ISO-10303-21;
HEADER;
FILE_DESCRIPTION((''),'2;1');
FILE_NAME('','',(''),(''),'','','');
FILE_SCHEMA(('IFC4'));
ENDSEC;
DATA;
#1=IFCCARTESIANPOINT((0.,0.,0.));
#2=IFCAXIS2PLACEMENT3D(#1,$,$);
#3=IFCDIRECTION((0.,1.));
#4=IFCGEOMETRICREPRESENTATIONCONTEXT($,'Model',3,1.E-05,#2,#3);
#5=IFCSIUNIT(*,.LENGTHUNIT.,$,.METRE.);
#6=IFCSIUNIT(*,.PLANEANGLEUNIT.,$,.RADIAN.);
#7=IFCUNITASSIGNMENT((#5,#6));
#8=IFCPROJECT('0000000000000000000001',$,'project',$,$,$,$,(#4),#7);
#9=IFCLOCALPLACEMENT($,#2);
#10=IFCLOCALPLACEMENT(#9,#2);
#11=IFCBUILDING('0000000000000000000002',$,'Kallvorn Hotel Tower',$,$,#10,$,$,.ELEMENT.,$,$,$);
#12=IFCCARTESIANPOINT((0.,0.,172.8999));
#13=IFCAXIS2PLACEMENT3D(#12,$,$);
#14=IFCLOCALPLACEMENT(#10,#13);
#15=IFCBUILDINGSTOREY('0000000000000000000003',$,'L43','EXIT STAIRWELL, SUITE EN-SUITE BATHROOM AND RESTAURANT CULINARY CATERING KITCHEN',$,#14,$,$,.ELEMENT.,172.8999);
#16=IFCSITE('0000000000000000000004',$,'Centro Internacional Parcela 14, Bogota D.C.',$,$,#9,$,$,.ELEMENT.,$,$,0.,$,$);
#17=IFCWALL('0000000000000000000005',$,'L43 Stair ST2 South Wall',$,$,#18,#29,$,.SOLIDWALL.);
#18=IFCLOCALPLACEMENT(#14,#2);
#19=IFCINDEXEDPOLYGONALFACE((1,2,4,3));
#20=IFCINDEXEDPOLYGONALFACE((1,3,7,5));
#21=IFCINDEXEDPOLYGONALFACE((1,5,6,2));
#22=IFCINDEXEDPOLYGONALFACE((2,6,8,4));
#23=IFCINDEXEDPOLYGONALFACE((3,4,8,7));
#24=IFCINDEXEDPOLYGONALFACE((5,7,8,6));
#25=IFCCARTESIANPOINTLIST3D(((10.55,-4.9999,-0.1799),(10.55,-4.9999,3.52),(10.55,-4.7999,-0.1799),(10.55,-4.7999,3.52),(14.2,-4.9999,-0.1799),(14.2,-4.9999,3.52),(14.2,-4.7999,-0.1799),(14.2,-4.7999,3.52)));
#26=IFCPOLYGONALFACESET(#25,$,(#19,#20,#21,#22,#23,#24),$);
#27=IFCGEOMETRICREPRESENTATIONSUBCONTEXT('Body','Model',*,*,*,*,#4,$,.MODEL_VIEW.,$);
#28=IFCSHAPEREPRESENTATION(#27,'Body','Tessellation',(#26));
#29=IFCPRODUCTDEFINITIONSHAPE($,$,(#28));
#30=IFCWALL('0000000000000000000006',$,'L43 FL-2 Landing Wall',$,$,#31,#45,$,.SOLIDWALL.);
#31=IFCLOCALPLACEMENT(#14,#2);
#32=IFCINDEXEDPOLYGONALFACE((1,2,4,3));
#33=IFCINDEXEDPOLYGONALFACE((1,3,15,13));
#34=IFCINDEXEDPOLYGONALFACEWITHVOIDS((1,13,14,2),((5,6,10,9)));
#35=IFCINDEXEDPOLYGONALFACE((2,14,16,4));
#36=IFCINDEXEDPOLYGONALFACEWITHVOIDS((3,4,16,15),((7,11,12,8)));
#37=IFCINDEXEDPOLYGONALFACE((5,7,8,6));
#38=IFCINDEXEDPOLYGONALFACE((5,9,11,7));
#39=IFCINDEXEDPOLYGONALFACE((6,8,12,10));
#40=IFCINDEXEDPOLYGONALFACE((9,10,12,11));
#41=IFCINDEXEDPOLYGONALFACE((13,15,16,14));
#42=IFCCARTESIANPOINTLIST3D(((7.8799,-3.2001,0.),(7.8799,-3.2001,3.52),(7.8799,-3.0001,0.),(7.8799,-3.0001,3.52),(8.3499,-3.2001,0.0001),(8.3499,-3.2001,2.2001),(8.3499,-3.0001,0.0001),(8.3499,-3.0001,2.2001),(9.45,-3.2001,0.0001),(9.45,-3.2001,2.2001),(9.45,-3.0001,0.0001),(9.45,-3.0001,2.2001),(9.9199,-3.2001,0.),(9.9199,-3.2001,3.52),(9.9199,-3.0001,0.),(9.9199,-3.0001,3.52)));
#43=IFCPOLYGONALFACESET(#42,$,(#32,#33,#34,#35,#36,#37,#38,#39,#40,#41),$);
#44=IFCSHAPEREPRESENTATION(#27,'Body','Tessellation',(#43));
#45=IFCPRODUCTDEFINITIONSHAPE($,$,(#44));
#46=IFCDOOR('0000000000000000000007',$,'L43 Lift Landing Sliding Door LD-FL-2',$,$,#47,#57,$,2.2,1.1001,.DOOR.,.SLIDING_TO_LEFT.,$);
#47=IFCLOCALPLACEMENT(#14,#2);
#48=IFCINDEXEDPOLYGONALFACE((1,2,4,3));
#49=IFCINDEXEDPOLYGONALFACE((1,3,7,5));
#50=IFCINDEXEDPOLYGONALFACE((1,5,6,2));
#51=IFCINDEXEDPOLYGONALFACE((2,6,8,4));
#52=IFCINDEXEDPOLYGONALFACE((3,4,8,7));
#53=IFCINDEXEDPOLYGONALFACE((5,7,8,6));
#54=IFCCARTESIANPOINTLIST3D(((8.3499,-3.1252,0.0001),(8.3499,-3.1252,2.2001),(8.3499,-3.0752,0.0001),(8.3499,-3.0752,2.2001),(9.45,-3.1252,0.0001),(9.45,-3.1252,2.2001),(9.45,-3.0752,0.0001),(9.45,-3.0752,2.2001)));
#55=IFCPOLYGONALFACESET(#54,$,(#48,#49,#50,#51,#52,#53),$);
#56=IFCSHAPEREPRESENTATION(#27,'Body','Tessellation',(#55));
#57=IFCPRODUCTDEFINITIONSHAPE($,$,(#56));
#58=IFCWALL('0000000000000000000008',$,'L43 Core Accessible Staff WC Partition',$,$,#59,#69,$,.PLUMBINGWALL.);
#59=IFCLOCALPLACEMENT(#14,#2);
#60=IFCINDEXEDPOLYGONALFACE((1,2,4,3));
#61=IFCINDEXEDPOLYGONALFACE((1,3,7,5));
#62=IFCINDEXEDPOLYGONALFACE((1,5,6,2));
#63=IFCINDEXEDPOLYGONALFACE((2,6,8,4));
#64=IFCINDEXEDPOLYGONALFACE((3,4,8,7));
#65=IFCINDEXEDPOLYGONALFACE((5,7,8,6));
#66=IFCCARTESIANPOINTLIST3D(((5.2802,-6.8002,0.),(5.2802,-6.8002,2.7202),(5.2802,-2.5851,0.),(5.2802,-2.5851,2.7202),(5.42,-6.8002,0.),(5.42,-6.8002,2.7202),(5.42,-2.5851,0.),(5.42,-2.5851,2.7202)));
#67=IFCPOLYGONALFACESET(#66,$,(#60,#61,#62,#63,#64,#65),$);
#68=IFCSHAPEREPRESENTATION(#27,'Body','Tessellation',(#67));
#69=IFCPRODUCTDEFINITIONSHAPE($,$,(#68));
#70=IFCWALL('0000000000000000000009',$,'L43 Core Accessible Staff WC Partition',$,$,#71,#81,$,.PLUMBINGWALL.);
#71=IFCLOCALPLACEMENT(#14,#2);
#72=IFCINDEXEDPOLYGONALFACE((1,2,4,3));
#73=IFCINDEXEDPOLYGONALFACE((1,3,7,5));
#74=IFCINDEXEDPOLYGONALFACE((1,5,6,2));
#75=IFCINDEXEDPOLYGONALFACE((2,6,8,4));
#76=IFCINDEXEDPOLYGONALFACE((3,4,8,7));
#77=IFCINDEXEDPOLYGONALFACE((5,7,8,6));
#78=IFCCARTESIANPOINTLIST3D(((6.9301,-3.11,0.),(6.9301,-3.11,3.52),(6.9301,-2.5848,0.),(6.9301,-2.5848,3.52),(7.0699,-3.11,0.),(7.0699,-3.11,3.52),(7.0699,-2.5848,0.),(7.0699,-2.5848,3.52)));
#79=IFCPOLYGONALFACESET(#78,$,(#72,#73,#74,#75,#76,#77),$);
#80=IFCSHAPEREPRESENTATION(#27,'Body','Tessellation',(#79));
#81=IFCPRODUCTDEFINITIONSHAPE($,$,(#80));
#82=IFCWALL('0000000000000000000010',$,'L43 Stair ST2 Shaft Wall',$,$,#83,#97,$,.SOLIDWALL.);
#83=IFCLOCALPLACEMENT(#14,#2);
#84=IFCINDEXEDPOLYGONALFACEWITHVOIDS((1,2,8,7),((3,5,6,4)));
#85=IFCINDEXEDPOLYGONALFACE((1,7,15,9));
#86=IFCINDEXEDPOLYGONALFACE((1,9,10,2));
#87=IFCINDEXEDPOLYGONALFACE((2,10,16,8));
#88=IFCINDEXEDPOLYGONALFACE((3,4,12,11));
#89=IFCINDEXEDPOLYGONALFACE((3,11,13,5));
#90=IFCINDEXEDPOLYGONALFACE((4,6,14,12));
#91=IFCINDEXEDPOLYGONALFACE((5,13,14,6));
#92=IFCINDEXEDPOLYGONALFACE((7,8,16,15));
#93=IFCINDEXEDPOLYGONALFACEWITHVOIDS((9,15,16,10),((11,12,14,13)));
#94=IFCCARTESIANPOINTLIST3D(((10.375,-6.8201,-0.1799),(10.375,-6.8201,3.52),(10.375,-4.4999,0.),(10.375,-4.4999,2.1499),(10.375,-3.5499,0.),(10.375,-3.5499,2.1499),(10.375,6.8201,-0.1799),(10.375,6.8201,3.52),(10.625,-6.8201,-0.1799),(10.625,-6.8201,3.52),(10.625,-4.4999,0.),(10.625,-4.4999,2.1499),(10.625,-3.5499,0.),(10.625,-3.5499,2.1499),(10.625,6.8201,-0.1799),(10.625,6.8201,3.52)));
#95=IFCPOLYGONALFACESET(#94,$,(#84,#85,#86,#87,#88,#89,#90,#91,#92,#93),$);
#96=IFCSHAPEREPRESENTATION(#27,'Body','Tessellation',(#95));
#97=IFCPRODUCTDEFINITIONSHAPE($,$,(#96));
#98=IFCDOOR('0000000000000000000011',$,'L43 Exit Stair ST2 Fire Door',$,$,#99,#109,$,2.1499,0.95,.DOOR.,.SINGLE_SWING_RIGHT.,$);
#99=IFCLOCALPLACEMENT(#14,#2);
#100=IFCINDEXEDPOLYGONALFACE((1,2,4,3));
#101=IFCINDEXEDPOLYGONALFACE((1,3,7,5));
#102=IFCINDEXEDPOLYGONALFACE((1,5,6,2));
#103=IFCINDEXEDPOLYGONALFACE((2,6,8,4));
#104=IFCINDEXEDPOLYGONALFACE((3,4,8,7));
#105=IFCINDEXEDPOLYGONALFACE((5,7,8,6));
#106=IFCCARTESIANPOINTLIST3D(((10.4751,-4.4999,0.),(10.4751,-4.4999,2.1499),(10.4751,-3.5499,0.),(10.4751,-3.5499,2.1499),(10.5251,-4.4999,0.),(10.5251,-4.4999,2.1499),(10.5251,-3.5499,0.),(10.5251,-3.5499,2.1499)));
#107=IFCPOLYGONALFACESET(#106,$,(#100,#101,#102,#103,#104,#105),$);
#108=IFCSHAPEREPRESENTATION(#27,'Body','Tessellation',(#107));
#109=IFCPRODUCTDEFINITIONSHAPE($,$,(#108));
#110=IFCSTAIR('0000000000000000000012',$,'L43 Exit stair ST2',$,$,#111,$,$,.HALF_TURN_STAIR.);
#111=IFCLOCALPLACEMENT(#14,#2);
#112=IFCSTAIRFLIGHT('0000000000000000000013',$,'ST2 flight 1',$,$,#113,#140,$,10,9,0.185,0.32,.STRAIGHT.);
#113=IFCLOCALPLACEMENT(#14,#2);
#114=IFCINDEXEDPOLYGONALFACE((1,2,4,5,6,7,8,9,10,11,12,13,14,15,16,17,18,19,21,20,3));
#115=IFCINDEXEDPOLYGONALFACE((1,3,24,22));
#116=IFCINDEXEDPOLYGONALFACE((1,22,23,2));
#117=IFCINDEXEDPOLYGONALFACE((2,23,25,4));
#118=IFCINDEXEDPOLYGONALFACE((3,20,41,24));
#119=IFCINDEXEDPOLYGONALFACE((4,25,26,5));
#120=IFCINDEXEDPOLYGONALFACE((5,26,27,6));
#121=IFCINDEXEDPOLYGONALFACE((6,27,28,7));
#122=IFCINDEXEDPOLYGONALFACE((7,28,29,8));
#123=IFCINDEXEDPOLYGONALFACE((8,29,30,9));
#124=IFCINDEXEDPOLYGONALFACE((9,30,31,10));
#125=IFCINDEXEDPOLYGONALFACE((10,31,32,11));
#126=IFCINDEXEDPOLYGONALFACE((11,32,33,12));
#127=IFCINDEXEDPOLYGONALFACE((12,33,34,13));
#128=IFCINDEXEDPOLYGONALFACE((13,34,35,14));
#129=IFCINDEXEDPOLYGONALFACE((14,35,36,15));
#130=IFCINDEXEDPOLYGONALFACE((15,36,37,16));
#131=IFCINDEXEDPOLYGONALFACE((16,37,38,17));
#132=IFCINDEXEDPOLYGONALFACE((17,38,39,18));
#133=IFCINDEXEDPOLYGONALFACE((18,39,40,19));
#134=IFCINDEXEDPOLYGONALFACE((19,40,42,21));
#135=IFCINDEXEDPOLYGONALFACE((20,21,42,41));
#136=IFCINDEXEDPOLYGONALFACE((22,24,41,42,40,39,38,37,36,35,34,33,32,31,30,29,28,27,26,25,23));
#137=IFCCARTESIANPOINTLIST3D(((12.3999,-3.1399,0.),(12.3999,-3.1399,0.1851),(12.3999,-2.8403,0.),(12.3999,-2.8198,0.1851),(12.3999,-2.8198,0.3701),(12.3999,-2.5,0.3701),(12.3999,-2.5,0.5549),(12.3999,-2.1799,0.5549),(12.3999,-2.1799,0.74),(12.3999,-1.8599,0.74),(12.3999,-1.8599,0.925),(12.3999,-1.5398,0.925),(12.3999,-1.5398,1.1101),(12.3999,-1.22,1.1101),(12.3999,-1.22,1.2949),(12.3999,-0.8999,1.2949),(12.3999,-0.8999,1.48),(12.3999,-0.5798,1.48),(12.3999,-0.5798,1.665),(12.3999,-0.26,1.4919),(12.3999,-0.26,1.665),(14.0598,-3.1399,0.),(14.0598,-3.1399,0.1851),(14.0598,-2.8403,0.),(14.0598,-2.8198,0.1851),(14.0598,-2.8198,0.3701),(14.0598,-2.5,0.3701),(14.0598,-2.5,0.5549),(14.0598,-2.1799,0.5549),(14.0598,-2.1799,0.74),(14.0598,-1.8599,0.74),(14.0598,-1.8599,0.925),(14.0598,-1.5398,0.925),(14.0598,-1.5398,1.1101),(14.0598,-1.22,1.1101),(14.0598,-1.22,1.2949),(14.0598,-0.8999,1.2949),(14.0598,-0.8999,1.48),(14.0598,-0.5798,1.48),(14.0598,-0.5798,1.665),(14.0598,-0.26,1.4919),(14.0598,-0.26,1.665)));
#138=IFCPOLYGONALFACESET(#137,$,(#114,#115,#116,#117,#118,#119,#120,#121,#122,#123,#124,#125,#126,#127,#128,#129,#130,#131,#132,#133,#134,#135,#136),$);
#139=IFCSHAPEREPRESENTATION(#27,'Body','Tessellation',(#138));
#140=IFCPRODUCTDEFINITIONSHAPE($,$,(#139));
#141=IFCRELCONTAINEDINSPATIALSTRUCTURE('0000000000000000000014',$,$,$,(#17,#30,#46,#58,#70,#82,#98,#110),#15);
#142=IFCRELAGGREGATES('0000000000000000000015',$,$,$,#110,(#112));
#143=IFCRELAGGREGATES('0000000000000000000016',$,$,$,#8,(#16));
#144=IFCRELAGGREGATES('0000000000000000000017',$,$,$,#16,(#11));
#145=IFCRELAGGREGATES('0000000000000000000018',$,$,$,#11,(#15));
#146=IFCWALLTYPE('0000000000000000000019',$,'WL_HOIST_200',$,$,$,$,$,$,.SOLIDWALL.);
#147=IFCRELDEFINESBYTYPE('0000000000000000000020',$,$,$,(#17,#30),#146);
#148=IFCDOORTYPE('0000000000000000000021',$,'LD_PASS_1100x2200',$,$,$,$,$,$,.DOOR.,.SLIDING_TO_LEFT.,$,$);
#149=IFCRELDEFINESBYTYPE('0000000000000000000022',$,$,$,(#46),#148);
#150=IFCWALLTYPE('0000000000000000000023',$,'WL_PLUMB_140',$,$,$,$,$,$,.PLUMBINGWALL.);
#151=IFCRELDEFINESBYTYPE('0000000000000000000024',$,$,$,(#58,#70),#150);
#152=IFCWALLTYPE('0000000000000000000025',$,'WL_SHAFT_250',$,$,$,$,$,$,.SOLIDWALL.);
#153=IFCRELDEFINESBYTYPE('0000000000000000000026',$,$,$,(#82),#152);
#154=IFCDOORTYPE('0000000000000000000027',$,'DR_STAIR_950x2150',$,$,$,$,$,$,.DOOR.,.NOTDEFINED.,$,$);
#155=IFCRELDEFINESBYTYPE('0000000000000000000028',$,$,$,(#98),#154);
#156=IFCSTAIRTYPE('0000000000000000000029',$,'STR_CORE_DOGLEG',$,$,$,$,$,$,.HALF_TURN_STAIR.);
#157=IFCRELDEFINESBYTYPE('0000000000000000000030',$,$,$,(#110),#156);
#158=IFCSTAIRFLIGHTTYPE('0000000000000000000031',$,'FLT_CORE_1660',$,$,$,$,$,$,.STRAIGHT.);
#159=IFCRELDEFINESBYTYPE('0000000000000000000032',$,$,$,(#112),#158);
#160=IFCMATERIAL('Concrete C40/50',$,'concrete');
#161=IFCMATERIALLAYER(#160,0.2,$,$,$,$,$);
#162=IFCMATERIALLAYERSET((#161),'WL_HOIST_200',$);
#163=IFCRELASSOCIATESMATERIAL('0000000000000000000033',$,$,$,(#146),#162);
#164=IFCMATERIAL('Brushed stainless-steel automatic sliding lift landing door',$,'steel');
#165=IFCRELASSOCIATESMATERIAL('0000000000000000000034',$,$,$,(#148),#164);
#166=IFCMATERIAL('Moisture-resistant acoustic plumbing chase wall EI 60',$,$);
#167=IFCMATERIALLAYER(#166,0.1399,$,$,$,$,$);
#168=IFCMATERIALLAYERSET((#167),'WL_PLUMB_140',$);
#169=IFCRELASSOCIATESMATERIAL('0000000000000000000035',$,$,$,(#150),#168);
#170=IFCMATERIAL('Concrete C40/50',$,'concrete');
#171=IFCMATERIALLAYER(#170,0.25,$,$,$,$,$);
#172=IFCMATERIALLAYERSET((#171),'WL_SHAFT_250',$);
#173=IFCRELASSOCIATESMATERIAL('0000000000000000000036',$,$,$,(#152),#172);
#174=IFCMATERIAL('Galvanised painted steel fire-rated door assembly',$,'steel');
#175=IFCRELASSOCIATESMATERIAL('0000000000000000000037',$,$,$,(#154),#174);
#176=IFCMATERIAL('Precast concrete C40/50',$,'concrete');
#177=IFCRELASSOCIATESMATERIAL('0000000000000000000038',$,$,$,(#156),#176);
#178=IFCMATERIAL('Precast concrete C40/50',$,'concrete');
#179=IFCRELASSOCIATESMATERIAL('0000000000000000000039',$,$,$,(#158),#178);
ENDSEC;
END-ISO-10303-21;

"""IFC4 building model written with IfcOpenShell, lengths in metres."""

from ifc_helpers import new_model, si_unit, direction, frame, frame_2d, origin, place, context, subcontext, project, spatial, polyline, rectangle, outline, extrude, material, layer, layer_set, type_object, element, fill, aggregate, save


model = new_model("IFC4")

# Units and contexts
model_context = context("Model", 3, precision=1e-05, world=origin(), true_north=direction((0.0, 1.0)))
body_context = subcontext(model_context, "Body", "Model", "MODEL_VIEW")
ifc_project = project(units=[si_unit("LENGTHUNIT", "METRE"), si_unit("PLANEANGLEUNIT", "RADIAN")], contexts=[model_context])

# Site, building, storey
site_placement = place(None, origin())
site = spatial("IfcSite", under=ifc_project, at=site_placement, Name="Centro Internacional Parcela 14, Bogota D.C.", CompositionType="ELEMENT", RefElevation=0.0)
building_placement = place(site_placement, origin())
building = spatial("IfcBuilding", under=site, at=building_placement, Name="Kallvorn Hotel Tower", CompositionType="ELEMENT")
storey_placement = place(building_placement, frame((0.0, 0.0, 172.8999)))
storey = spatial("IfcBuildingStorey", under=building, at=storey_placement, Name="L43", Description="EXIT STAIRWELL, SUITE EN-SUITE BATHROOM AND RESTAURANT CULINARY CATERING KITCHEN", CompositionType="ELEMENT", Elevation=172.8999)

# Wall
ifc_material_1 = material(Name="Concrete C40/50", Category="concrete")
ifc_layer_1 = layer(ifc_material_1, 0.2)
ifc_layer_set_1 = layer_set([ifc_layer_1], Name="WL_HOIST_200")
wall_type_1 = type_object("IfcWallType", Name="WL_HOIST_200", PredefinedType="SOLIDWALL", material=ifc_layer_set_1)
wall_1_placement = place(storey_placement, frame((10.55, -4.8999, -0.1799), z_axis=(0.0, 0.0, 1.0), x_axis=(1.0, 0.0, 0.0)))
element("IfcWall", 1, at=wall_1_placement, inside=storey, type_object=wall_type_1, Name="L43 Stair ST2 South Wall", PredefinedType="SOLIDWALL", context=body_context, shape_type="SweptSolid", body=[
    extrude(rectangle(XDim=3.6499, YDim=0.2, at=frame_2d((1.825, 0.0))), origin(), (0.0, 0.0, 1.0), 3.7),
])

# Wall, opening, door
wall_2_placement = place(storey_placement, frame((7.8799, -3.1001, 0.0), z_axis=(0.0, 0.0, 1.0), x_axis=(1.0, 0.0, 0.0)))
wall_2 = element("IfcWall", 2, at=wall_2_placement, inside=storey, type_object=wall_type_1, Name="L43 FL-2 Landing Wall", PredefinedType="SOLIDWALL", context=body_context, shape_type="SweptSolid", body=[
    extrude(rectangle(XDim=2.04, YDim=0.2, at=frame_2d((1.02, 0.0))), origin(), (0.0, 0.0, 1.0), 3.52),
])
opening_1_placement = place(wall_2_placement, frame((0.47, 0.0, 0.0)))
opening_1 = element("IfcOpeningElement", 3, at=opening_1_placement, cuts=wall_2, PredefinedType="OPENING", context=body_context, shape_type="SweptSolid", body=[
    extrude(rectangle(XDim=1.1001, YDim=2.2, at=frame_2d((0.55, 1.1001))), frame((0.0, 0.115, 0.0), z_axis=(0.0, -1.0, 0.0), x_axis=(1.0, 0.0, 0.0)), (0.0, 0.0, 1.0), 0.23),
])
ifc_material_2 = material(Name="Brushed stainless-steel automatic sliding lift landing door", Category="steel")
door_type_1 = type_object("IfcDoorType", Name="LD_PASS_1100x2200", OperationType="SLIDING_TO_LEFT", PredefinedType="DOOR", material=ifc_material_2)
door_1_placement = place(opening_1_placement, origin())
door_1 = element("IfcDoor", 4, at=door_1_placement, inside=storey, type_object=door_type_1, Name="L43 Lift Landing Sliding Door LD-FL-2", OperationType="SLIDING_TO_LEFT", OverallHeight=2.2, OverallWidth=1.1001, PredefinedType="DOOR", context=body_context, shape_type="SweptSolid", body=[
    extrude(rectangle(XDim=1.1001, YDim=2.2, at=frame_2d((0.55, 1.1001))), frame((0.0, 0.0249, 0.0), z_axis=(0.0, -1.0, 0.0), x_axis=(1.0, 0.0, 0.0)), (0.0, 0.0, 1.0), 0.05),
])
fill(opening_1, door_1)

# Walls
ifc_material_3 = material(Name="Moisture-resistant acoustic plumbing chase wall EI 60")
ifc_layer_2 = layer(ifc_material_3, 0.1399)
ifc_layer_set_2 = layer_set([ifc_layer_2], Name="WL_PLUMB_140")
wall_type_2 = type_object("IfcWallType", Name="WL_PLUMB_140", PredefinedType="PLUMBINGWALL", material=ifc_layer_set_2)
wall_3_placement = place(storey_placement, frame((5.3501, -6.8, 0.0), z_axis=(0.0, 0.0, 1.0), x_axis=(0.0, 1.0, 0.0)))
element("IfcWall", 5, at=wall_3_placement, inside=storey, type_object=wall_type_2, Name="L43 Core Accessible Staff WC Partition", PredefinedType="PLUMBINGWALL", context=body_context, shape_type="SweptSolid", body=[
    extrude(rectangle(XDim=4.2151, YDim=0.1399, at=frame_2d((2.1074, 0.0))), origin(), (0.0, 0.0, 1.0), 2.7202),
])
wall_4_placement = place(storey_placement, frame((7.0, -3.1101, 0.0), z_axis=(0.0, 0.0, 1.0), x_axis=(0.0, 1.0, 0.0)))
element("IfcWall", 6, at=wall_4_placement, inside=storey, type_object=wall_type_2, Name="L43 Core Accessible Staff WC Partition", PredefinedType="PLUMBINGWALL", context=body_context, shape_type="SweptSolid", body=[
    extrude(rectangle(XDim=0.5251, YDim=0.1399, at=frame_2d((0.2627, 0.0))), origin(), (0.0, 0.0, 1.0), 3.52),
])

# Wall, opening, door
ifc_material_4 = material(Name="Concrete C40/50", Category="concrete")
ifc_layer_3 = layer(ifc_material_4, 0.25)
ifc_layer_set_3 = layer_set([ifc_layer_3], Name="WL_SHAFT_250")
wall_type_3 = type_object("IfcWallType", Name="WL_SHAFT_250", PredefinedType="SOLIDWALL", material=ifc_layer_set_3)
wall_5_placement = place(storey_placement, frame((10.5, -6.8201, -0.1799), z_axis=(0.0, 0.0, 1.0), x_axis=(0.0, 1.0, 0.0)))
wall_5 = element("IfcWall", 7, at=wall_5_placement, inside=storey, type_object=wall_type_3, Name="L43 Stair ST2 Shaft Wall", PredefinedType="SOLIDWALL", context=body_context, shape_type="SweptSolid", body=[
    extrude(rectangle(XDim=13.6401, YDim=0.25, at=frame_2d((6.8201, 0.0))), origin(), (0.0, 0.0, 1.0), 3.7),
])
opening_2_placement = place(wall_5_placement, frame((2.3201, 0.0, 0.1799)))
opening_2 = element("IfcOpeningElement", 8, at=opening_2_placement, cuts=wall_5, PredefinedType="OPENING", context=body_context, shape_type="SweptSolid", body=[
    extrude(rectangle(XDim=0.95, YDim=2.1499, at=frame_2d((0.4751, 1.075))), frame((0.0, 0.1399, 0.0), z_axis=(0.0, -1.0, 0.0), x_axis=(1.0, 0.0, 0.0)), (0.0, 0.0, 1.0), 0.28),
])
ifc_material_5 = material(Name="Galvanised painted steel fire-rated door assembly", Category="steel")
door_type_2 = type_object("IfcDoorType", Name="DR_STAIR_950x2150", OperationType="NOTDEFINED", PredefinedType="DOOR", material=ifc_material_5)
door_2_placement = place(opening_2_placement, origin())
door_2 = element("IfcDoor", 9, at=door_2_placement, inside=storey, type_object=door_type_2, Name="L43 Exit Stair ST2 Fire Door", OperationType="SINGLE_SWING_RIGHT", OverallHeight=2.1499, OverallWidth=0.95, PredefinedType="DOOR", context=body_context, shape_type="SweptSolid", body=[
    extrude(rectangle(XDim=0.95, YDim=2.1499, at=frame_2d((0.4751, 1.075))), frame((0.0, 0.0249, 0.0), z_axis=(0.0, -1.0, 0.0), x_axis=(1.0, 0.0, 0.0)), (0.0, 0.0, 1.0), 0.05),
])
fill(opening_2, door_2)

# Stair, stair flight
ifc_material_6 = material(Name="Precast concrete C40/50", Category="concrete")
stair_type = type_object("IfcStairType", Name="STR_CORE_DOGLEG", PredefinedType="HALF_TURN_STAIR", material=ifc_material_6)
stair_placement = place(storey_placement, origin())
stair = element("IfcStair", 10, at=stair_placement, inside=storey, type_object=stair_type, Name="L43 Exit stair ST2", PredefinedType="HALF_TURN_STAIR")
ifc_material_7 = material(Name="Precast concrete C40/50", Category="concrete")
stair_flight_type = type_object("IfcStairFlightType", Name="FLT_CORE_1660", PredefinedType="STRAIGHT", material=ifc_material_7)
stair_flight_placement = place(storey_placement, frame((13.23, -3.1399, 0.0), z_axis=(0.0, 0.0, 1.0), x_axis=(0.0, 1.0, 0.0)))
stair_flight = element("IfcStairFlight", 11, at=stair_flight_placement, type_object=stair_flight_type, Name="ST2 flight 1", NumberOfRisers=10, NumberOfTreads=9, PredefinedType="STRAIGHT", RiserHeight=0.185, TreadLength=0.32, context=body_context, shape_type="SweptSolid", body=[
    extrude(outline(polyline([(0.0, 0.0), (0.0, 0.1851), (0.3201, 0.1851), (0.3201, 0.3701), (0.6399, 0.3701), (0.6399, 0.5549), (0.96, 0.5549), (0.96, 0.74), (1.28, 0.74), (1.28, 0.925), (1.6001, 0.925), (1.6001, 1.1101), (1.9199, 1.1101), (1.9199, 1.2949), (2.24, 1.2949), (2.24, 1.48), (2.5601, 1.48), (2.5601, 1.665), (2.8799, 1.665), (2.8799, 1.8501), (2.8799, 1.4919), (0.2996, 0.0), (0.0, 0.0)])), frame((0.0, 0.8301, 0.0), z_axis=(0.0, -1.0, 0.0), x_axis=(1.0, 0.0, 0.0)), (0.0, 0.0, 1.0), 1.6599),
])
aggregate(stair, [stair_flight])

save(model, "model.ifc")
